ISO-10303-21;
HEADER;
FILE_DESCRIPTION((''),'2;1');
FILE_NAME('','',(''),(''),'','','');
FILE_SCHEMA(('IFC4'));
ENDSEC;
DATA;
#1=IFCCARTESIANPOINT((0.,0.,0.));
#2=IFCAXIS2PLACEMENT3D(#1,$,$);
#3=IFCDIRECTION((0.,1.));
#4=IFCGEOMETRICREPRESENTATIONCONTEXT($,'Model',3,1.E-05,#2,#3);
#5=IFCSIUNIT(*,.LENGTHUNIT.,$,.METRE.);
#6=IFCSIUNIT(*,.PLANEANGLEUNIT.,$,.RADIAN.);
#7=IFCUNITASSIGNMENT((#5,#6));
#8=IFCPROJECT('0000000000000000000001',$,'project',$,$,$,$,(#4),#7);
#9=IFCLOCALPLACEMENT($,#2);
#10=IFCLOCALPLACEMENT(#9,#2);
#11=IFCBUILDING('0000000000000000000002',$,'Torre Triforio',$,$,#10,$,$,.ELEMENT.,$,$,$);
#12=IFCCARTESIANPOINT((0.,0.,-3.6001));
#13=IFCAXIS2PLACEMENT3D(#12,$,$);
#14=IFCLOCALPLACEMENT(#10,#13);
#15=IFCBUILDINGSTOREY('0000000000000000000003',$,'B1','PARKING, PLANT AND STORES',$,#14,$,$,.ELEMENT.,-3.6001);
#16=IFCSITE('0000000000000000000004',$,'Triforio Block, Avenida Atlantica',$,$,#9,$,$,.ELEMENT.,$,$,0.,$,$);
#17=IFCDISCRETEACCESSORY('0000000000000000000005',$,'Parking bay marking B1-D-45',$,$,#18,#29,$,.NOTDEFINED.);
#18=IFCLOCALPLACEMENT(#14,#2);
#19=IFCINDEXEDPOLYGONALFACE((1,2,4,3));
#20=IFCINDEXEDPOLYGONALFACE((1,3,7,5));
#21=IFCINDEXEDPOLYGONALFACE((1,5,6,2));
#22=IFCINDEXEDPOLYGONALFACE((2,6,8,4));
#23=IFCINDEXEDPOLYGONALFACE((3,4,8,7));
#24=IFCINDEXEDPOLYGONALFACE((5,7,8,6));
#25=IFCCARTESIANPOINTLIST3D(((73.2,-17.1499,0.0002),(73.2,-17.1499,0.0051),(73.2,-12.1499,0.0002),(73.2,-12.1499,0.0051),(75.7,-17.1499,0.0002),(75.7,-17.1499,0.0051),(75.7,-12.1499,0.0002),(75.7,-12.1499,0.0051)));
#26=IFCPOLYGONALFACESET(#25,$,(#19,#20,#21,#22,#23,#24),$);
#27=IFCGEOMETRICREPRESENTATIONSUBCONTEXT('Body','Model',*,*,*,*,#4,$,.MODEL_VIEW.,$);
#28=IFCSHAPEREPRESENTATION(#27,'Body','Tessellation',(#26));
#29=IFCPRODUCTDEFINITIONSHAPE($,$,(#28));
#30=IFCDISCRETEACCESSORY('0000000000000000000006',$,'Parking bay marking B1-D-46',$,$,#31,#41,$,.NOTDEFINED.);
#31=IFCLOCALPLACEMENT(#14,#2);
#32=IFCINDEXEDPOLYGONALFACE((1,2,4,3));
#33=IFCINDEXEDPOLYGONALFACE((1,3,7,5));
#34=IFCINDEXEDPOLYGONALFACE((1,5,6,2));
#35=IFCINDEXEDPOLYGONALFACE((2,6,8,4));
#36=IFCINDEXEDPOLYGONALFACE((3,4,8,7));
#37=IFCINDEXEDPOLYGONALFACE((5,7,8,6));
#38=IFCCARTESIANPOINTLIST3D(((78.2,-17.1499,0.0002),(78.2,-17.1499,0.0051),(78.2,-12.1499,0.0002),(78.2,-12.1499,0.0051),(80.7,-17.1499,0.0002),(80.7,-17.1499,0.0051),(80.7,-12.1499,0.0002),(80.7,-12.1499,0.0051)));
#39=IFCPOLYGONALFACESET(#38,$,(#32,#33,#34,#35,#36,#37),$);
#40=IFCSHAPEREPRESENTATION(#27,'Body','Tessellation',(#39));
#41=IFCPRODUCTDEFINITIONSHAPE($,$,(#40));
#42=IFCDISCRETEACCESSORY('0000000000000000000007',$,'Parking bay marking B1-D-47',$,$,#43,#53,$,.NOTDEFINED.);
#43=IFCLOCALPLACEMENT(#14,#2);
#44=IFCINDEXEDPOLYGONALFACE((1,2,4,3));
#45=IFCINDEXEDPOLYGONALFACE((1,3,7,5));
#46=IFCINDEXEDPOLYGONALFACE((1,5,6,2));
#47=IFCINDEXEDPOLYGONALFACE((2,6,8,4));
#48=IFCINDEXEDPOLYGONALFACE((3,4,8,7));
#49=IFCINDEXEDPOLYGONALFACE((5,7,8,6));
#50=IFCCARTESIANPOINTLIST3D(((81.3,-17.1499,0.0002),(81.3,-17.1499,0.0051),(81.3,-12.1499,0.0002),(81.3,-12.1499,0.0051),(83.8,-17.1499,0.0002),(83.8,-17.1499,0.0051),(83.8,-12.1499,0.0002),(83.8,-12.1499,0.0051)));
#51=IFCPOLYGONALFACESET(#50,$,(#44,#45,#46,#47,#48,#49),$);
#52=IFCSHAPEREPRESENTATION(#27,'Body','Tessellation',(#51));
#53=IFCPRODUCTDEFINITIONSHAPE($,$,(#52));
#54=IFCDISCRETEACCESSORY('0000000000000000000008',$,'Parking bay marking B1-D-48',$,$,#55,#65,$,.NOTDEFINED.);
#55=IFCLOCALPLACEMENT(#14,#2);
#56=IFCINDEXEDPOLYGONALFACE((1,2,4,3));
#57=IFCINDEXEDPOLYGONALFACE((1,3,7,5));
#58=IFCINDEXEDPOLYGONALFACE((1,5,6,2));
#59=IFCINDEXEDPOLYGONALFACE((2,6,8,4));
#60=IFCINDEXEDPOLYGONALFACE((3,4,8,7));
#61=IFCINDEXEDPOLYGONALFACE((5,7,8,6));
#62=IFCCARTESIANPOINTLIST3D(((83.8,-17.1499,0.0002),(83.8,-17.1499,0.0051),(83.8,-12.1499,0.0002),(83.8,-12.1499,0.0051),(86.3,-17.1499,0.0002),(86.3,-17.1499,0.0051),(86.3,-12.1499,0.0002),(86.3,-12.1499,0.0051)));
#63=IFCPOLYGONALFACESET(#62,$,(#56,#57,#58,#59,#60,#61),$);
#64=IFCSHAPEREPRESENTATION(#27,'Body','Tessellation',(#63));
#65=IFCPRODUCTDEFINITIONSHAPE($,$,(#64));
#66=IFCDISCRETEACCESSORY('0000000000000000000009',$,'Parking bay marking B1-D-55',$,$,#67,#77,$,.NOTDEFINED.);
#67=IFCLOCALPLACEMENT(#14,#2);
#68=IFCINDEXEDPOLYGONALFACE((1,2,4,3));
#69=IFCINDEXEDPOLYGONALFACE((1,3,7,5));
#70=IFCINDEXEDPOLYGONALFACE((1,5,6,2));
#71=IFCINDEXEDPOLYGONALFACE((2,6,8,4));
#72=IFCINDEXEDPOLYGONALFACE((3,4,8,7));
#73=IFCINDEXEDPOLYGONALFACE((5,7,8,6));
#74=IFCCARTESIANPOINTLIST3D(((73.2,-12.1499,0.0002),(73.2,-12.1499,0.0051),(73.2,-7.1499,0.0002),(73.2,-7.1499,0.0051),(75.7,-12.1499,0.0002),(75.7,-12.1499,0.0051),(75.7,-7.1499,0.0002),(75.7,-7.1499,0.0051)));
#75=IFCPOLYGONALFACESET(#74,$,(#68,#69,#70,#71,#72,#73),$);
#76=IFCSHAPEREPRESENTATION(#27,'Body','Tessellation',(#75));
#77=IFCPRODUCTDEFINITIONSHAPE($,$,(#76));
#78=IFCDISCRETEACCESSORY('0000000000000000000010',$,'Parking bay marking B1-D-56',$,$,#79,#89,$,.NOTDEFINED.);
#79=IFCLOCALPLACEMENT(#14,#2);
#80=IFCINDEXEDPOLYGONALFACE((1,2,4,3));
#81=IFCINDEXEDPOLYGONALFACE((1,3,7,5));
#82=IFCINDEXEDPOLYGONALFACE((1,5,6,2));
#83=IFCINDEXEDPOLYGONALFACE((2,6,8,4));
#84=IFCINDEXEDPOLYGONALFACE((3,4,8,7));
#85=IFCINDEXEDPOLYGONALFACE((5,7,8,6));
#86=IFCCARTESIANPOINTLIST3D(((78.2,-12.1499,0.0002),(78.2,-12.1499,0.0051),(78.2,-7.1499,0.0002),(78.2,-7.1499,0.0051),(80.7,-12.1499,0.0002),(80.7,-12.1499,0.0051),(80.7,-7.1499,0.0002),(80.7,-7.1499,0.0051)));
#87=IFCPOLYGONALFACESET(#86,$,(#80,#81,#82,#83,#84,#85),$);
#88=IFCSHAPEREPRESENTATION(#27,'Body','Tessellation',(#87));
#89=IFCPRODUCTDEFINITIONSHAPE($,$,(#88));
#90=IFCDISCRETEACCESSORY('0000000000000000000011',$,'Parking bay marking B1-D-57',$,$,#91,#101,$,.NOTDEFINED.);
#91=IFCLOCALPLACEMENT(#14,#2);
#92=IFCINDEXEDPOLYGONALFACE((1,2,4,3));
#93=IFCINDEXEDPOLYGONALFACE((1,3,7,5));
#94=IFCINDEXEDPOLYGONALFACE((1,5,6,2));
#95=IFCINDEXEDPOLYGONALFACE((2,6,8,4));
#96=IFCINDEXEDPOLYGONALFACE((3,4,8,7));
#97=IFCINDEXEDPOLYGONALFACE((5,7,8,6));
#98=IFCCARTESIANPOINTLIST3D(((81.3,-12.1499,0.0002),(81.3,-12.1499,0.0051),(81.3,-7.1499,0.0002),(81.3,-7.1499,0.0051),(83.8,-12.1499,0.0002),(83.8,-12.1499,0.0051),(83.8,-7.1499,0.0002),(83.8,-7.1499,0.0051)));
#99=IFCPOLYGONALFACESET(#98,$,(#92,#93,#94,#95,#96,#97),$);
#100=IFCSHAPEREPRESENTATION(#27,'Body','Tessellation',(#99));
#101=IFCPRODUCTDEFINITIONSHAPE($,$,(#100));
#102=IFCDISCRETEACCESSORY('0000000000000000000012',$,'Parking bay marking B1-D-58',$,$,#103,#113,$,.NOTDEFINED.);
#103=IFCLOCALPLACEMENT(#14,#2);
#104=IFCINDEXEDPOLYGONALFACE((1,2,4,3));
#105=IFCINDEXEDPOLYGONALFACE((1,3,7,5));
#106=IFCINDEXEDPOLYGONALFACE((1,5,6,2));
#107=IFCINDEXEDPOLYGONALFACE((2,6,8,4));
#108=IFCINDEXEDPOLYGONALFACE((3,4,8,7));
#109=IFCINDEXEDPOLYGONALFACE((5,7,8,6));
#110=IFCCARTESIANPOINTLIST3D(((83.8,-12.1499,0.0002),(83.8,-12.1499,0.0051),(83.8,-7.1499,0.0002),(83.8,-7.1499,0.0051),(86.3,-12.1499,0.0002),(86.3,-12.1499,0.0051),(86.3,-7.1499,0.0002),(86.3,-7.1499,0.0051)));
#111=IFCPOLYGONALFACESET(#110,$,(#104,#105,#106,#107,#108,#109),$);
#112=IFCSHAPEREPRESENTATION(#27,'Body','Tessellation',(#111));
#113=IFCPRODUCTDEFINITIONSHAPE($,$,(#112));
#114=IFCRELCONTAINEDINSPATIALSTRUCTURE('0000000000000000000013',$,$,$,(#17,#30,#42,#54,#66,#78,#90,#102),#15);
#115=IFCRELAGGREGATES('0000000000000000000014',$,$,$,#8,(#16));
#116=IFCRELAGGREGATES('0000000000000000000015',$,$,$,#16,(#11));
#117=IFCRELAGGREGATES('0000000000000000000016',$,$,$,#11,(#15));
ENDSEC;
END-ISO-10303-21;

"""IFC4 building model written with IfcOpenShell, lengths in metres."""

from ifc_helpers import new_model, si_unit, direction, frame, origin, origin_2d, place, context, subcontext, project, spatial, rectangle, extrude, element, save


model = new_model("IFC4")

# Units and contexts
model_context = context("Model", 3, precision=1e-05, world=origin(), true_north=direction((0.0, 1.0)))
body_context = subcontext(model_context, "Body", "Model", "MODEL_VIEW")
ifc_project = project(units=[si_unit("LENGTHUNIT", "METRE"), si_unit("PLANEANGLEUNIT", "RADIAN")], contexts=[model_context])

# Site, building, storey
site_placement = place(None, origin())
site = spatial("IfcSite", under=ifc_project, at=site_placement, Name="Triforio Block, Avenida Atlantica", CompositionType="ELEMENT", RefElevation=0.0)
building_placement = place(site_placement, origin())
building = spatial("IfcBuilding", under=site, at=building_placement, Name="Torre Triforio", CompositionType="ELEMENT")
storey_placement = place(building_placement, frame((0.0, 0.0, -3.6001)))
storey = spatial("IfcBuildingStorey", under=building, at=storey_placement, Name="B1", Description="PARKING, PLANT AND STORES", CompositionType="ELEMENT", Elevation=-3.6001)

# Discrete accessories
for number, where, z_axis, x_axis, name in (
    (1, (74.45, -14.6499, 0.0002), (0.0, 0.0, 1.0), (1.0, 0.0, 0.0), "Parking bay marking B1-D-45"),
    (2, (79.45, -14.6499, 0.0002), (0.0, 0.0, 1.0), (1.0, 0.0, 0.0), "Parking bay marking B1-D-46"),
    (3, (82.55, -14.6499, 0.0002), (0.0, 0.0, 1.0), (1.0, 0.0, 0.0), "Parking bay marking B1-D-47"),
    (4, (85.05, -14.6499, 0.0002), (0.0, 0.0, 1.0), (1.0, 0.0, 0.0), "Parking bay marking B1-D-48"),
    (5, (74.45, -9.6499, 0.0002), (0.0, 0.0, 1.0), (1.0, 0.0, 0.0), "Parking bay marking B1-D-55"),
    (6, (79.45, -9.6499, 0.0002), (0.0, 0.0, 1.0), (1.0, 0.0, 0.0), "Parking bay marking B1-D-56"),
    (7, (82.55, -9.6499, 0.0002), (0.0, 0.0, 1.0), (1.0, 0.0, 0.0), "Parking bay marking B1-D-57"),
    (8, (85.05, -9.6499, 0.0002), (0.0, 0.0, 1.0), (1.0, 0.0, 0.0), "Parking bay marking B1-D-58"),
):
    element("IfcDiscreteAccessory", number, at=place(storey_placement, frame(where, z_axis=z_axis, x_axis=x_axis)), inside=storey, Name=name, PredefinedType="NOTDEFINED", context=body_context, shape_type="SweptSolid", body=[
        extrude(rectangle(XDim=2.5, YDim=5.0, at=origin_2d()), origin(), (0.0, 0.0, 1.0), 0.0049),
    ])

save(model, "model.ifc")
